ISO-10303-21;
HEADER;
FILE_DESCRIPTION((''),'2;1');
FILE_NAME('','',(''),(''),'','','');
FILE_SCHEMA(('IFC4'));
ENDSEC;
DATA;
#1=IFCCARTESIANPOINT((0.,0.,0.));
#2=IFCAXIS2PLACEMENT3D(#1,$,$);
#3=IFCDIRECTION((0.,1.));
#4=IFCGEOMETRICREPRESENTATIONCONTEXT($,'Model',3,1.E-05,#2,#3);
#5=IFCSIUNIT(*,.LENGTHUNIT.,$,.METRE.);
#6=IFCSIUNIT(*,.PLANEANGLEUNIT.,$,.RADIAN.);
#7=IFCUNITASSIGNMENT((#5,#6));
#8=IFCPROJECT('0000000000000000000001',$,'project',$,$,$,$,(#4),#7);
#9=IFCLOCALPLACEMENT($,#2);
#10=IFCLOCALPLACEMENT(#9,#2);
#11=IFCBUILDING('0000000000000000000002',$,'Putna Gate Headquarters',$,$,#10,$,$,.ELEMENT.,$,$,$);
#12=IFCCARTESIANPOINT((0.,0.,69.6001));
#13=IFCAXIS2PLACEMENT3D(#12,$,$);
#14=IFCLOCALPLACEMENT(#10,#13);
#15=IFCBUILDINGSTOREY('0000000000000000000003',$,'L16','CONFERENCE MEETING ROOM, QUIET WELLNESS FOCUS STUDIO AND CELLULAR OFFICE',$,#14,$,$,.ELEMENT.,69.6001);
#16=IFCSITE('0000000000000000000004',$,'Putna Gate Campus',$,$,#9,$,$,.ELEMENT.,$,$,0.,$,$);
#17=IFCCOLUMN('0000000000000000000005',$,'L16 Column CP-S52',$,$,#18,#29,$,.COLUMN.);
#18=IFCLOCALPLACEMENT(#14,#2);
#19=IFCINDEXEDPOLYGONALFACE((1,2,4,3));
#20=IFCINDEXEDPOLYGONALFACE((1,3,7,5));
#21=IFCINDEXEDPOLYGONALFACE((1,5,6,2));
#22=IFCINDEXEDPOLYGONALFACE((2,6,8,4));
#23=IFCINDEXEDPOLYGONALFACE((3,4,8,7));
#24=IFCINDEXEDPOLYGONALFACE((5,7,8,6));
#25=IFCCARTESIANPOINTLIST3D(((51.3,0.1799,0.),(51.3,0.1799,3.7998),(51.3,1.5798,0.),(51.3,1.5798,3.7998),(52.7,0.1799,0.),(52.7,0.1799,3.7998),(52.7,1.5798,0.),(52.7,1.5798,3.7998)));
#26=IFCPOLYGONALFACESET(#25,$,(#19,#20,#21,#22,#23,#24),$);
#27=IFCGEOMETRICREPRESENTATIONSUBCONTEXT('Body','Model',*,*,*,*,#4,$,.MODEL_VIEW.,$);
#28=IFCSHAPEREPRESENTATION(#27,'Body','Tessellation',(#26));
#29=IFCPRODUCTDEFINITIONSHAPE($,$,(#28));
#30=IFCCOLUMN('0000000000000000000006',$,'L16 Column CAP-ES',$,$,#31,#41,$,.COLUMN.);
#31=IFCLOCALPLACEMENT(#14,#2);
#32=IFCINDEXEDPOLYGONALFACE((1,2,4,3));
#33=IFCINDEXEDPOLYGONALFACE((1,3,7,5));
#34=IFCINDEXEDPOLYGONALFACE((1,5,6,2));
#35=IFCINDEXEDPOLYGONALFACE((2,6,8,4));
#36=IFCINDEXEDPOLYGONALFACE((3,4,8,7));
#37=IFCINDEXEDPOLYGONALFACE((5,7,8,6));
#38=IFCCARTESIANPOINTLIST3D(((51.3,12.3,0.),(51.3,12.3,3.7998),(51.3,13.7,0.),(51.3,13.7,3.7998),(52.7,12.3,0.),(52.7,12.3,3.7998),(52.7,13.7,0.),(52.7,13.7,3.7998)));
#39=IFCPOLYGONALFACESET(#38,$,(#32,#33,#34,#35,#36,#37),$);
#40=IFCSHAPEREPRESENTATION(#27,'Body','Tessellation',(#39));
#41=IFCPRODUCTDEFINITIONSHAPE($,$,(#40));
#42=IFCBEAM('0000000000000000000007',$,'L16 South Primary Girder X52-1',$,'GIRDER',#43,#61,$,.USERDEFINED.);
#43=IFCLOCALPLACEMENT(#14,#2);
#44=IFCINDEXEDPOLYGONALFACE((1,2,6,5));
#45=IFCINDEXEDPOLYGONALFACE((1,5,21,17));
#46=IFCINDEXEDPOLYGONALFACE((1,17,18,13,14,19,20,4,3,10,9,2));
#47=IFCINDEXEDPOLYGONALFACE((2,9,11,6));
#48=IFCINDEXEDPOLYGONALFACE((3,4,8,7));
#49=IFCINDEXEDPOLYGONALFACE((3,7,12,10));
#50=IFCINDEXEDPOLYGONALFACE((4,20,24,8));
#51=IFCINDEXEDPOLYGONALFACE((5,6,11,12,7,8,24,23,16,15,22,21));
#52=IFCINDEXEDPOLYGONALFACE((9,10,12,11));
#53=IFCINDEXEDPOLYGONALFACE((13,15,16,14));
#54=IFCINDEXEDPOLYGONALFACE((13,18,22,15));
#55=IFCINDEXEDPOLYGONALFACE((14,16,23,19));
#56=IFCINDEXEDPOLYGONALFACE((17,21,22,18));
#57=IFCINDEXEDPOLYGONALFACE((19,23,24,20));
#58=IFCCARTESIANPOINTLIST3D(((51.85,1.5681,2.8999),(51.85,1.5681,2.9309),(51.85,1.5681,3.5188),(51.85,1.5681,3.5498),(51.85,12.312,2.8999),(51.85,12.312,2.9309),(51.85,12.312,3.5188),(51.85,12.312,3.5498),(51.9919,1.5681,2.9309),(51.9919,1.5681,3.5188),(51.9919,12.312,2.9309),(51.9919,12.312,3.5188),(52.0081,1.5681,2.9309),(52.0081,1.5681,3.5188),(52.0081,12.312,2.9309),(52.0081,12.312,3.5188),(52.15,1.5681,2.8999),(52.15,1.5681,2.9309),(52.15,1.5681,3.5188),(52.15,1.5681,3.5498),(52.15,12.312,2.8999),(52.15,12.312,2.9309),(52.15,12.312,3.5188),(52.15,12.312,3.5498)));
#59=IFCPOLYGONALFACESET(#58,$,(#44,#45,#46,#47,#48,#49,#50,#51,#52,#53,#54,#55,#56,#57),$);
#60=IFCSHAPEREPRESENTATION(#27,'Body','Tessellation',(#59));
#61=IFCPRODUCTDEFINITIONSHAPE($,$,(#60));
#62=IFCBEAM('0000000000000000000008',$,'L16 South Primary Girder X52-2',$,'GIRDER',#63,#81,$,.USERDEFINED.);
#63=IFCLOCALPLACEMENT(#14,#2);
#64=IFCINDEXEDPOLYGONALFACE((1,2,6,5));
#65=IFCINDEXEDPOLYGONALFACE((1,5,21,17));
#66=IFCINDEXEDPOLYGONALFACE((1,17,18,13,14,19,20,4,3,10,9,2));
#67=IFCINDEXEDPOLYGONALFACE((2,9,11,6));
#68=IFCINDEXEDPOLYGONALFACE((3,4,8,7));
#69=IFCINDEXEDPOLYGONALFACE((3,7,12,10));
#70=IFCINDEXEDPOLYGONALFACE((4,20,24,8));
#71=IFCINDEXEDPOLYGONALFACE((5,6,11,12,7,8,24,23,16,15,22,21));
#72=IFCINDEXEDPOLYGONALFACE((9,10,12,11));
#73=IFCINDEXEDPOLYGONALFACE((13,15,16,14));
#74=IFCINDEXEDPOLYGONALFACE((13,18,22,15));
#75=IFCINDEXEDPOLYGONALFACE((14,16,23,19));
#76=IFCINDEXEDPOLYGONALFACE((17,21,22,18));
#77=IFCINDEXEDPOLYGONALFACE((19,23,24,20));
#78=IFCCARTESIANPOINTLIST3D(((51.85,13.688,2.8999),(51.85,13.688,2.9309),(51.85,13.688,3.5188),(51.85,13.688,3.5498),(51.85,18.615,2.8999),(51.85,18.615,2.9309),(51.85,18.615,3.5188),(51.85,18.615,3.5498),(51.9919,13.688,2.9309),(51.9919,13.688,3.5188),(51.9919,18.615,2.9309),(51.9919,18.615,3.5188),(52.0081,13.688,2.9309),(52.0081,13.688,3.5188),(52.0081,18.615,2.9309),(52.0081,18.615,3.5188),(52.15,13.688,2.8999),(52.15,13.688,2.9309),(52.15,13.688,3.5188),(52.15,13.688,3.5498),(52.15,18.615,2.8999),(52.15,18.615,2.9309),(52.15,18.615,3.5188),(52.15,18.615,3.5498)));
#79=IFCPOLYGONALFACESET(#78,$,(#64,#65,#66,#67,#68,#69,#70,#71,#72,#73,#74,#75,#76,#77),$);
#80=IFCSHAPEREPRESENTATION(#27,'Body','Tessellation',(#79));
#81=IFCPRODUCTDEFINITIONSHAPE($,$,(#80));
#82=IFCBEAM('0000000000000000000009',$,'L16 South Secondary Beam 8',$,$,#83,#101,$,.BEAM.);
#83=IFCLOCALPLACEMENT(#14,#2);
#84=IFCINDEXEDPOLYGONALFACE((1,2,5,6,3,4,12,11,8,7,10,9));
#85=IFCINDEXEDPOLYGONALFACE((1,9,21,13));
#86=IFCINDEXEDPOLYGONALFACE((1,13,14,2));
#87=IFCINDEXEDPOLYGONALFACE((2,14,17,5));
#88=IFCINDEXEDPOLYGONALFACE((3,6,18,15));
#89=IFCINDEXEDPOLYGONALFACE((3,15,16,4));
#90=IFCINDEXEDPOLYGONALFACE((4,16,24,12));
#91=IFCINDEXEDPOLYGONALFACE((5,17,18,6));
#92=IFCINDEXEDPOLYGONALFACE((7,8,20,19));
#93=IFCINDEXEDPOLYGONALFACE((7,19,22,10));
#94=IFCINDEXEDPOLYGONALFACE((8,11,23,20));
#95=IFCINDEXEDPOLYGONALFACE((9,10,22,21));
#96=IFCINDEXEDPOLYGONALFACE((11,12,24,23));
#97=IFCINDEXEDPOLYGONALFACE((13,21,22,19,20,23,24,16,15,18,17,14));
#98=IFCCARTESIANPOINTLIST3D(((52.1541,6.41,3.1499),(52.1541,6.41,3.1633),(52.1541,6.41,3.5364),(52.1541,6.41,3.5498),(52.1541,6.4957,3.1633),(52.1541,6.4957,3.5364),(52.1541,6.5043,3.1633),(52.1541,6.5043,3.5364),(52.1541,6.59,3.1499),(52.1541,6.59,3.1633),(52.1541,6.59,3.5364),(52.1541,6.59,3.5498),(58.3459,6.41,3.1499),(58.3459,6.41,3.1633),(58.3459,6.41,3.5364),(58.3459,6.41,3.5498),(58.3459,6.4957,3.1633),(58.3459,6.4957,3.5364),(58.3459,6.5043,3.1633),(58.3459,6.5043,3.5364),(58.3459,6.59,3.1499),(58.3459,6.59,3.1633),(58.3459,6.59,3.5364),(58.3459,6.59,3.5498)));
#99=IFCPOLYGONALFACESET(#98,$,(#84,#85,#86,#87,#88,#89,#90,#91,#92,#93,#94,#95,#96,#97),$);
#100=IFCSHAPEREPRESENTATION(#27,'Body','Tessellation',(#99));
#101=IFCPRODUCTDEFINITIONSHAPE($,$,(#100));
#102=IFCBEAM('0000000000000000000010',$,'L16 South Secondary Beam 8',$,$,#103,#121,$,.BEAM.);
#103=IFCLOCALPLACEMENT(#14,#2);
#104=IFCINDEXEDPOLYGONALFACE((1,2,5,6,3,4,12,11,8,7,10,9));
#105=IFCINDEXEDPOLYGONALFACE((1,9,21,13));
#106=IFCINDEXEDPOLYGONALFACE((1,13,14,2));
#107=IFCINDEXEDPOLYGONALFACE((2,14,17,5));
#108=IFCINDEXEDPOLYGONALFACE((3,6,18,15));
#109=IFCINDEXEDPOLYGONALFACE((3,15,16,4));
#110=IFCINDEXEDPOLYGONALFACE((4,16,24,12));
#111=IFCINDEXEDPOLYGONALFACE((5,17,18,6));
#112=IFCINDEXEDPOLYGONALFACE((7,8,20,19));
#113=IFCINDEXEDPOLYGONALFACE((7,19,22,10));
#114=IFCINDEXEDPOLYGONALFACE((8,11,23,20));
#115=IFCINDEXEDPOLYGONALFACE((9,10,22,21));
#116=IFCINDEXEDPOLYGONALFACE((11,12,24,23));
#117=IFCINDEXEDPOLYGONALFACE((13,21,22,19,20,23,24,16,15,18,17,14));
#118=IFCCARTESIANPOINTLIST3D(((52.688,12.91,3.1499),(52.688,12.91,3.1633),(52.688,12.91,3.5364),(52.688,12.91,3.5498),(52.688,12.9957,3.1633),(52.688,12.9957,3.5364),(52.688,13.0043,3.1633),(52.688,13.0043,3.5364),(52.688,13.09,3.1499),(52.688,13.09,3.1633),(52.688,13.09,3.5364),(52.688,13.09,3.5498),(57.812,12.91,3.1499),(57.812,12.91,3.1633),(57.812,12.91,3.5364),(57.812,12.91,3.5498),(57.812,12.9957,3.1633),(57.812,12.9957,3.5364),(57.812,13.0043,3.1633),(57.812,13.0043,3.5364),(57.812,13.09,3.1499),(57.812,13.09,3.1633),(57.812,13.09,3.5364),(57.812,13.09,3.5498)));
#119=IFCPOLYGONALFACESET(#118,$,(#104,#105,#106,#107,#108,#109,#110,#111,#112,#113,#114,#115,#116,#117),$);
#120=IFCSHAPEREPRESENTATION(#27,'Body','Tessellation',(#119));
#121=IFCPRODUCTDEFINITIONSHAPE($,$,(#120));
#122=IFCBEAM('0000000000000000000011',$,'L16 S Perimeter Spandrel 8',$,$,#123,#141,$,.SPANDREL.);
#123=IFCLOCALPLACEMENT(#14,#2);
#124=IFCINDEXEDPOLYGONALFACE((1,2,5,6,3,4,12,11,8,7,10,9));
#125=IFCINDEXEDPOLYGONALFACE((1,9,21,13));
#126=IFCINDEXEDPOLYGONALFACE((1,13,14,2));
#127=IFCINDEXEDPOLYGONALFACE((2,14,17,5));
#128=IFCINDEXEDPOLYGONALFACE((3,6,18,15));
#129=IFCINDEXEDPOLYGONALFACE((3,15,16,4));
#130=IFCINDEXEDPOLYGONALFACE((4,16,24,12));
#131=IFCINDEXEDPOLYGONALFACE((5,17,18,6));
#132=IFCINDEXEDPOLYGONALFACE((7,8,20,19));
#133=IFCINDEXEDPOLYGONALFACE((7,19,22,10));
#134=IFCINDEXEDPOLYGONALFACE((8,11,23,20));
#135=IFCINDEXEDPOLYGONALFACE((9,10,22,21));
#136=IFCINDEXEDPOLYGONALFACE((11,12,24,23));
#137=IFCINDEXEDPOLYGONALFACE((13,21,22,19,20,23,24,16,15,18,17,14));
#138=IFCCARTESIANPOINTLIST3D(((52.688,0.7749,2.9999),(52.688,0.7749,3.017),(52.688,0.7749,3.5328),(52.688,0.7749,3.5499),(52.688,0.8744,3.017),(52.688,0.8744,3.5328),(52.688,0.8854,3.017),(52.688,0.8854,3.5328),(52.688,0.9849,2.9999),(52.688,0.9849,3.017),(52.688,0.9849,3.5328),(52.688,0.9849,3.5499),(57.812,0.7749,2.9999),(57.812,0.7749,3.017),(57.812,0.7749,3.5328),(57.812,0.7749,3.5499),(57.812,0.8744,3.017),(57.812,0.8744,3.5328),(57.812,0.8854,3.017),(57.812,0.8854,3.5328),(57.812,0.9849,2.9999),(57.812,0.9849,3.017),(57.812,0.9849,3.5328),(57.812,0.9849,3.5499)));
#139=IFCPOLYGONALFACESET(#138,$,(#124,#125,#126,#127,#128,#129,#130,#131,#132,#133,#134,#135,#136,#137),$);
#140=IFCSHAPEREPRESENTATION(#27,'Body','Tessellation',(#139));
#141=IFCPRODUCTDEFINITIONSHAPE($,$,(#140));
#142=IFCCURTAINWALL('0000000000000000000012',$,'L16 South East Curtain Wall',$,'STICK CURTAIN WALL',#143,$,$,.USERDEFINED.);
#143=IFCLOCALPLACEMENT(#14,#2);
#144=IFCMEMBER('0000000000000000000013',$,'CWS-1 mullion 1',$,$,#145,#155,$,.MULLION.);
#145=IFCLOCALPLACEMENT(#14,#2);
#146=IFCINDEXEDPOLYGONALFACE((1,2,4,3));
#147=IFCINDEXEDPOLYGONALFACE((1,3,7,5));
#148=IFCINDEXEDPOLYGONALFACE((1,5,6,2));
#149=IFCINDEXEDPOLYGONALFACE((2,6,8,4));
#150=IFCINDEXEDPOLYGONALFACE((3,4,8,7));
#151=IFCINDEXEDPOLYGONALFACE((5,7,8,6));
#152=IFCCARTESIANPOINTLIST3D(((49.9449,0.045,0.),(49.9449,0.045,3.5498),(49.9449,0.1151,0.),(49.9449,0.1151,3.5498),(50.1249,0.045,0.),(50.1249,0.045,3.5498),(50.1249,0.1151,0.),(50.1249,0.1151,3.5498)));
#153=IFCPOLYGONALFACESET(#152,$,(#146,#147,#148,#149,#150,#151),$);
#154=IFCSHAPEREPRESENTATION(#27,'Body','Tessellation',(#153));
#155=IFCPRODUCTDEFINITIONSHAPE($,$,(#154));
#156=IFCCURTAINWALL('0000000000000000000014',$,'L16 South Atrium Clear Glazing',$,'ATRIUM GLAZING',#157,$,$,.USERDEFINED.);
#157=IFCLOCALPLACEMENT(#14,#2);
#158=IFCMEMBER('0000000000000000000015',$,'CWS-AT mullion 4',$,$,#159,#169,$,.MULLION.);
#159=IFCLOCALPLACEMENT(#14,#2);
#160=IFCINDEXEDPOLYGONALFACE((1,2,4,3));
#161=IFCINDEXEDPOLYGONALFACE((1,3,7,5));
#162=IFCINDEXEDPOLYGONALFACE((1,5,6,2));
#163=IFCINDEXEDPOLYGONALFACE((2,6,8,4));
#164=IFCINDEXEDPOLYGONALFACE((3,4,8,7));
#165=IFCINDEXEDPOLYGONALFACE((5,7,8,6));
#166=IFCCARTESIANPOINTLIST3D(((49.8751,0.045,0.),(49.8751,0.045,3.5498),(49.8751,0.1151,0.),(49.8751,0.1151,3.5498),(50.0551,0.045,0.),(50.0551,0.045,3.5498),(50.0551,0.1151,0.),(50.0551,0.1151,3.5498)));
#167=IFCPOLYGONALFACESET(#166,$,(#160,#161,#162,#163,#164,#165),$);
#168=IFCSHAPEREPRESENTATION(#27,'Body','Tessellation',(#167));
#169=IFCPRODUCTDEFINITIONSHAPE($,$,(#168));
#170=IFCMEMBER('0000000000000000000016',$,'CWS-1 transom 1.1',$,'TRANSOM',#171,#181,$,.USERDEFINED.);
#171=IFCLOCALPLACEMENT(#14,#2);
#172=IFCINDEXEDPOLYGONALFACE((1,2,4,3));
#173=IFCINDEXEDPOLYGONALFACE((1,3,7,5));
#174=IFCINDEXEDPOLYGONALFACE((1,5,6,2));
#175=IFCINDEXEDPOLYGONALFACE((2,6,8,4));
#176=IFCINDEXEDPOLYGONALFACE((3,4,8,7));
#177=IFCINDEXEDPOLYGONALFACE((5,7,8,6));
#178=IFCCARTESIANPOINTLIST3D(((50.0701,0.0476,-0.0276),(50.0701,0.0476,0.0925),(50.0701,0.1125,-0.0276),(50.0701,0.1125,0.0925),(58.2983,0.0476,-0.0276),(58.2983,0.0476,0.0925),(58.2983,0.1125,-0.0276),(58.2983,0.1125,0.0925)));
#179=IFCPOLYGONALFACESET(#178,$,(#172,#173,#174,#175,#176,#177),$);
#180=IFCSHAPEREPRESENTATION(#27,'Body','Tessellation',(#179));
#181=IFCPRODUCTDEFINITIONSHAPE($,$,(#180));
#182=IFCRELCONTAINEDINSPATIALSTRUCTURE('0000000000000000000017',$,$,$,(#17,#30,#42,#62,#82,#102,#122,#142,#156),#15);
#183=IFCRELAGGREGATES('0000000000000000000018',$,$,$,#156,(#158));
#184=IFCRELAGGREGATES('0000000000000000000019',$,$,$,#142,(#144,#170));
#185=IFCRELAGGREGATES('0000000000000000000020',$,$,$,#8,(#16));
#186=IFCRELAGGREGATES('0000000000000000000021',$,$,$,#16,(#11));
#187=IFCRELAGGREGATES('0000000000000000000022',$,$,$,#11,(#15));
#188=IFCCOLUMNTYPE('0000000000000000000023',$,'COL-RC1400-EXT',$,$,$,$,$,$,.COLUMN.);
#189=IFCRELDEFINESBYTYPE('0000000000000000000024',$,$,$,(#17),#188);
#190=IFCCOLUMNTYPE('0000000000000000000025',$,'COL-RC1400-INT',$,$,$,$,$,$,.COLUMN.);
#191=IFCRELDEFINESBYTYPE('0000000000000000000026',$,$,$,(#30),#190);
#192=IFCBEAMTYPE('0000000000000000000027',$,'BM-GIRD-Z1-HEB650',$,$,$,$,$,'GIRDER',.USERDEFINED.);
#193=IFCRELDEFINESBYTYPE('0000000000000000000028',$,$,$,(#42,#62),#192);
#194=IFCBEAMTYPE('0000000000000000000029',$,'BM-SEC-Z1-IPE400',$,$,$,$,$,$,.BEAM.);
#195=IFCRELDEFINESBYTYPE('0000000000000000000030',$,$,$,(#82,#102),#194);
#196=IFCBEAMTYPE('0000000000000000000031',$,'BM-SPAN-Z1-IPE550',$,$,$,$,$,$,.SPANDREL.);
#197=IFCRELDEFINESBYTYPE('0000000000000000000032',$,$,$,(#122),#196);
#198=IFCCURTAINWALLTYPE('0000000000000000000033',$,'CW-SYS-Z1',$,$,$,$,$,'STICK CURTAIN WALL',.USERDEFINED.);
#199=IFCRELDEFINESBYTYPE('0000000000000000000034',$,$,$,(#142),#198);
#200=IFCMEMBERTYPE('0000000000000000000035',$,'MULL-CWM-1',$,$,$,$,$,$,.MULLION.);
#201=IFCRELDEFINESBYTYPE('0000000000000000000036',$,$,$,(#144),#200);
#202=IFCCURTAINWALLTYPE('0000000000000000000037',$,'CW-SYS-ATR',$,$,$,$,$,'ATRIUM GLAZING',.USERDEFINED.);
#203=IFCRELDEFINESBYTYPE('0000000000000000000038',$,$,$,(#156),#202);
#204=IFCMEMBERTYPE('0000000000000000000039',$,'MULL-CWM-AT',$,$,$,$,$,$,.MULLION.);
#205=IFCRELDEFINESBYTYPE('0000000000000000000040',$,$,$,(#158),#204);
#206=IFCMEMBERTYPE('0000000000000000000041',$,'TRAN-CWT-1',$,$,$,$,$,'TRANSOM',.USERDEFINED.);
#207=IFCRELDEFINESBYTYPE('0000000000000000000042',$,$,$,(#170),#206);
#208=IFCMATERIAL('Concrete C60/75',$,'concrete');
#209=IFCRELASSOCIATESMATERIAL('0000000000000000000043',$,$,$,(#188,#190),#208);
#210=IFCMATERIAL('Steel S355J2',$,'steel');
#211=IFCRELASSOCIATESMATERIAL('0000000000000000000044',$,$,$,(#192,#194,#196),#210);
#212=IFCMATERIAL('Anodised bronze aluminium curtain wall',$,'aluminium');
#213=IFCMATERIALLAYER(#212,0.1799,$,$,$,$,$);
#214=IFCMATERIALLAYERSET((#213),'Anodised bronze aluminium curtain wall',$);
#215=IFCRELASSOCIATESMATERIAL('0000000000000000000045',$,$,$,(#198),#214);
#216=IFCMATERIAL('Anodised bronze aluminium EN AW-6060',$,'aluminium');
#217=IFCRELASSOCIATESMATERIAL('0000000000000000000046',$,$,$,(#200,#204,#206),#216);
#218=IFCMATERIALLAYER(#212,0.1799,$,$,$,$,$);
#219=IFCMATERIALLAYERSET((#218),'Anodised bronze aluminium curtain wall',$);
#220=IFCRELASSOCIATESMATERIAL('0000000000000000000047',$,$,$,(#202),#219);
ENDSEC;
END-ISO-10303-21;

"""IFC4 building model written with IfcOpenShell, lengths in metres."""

from ifc_helpers import new_model, si_unit, direction, frame, origin, origin_2d, place, context, subcontext, project, spatial, rectangle, i_section, extrude, material, layer, layer_set, material_profile, profile_set, type_object, element, aggregate, save


model = new_model("IFC4")

# Units and contexts
model_context = context("Model", 3, precision=1e-05, world=origin(), true_north=direction((0.0, 1.0)))
body_context = subcontext(model_context, "Body", "Model", "MODEL_VIEW")
ifc_project = project(units=[si_unit("LENGTHUNIT", "METRE"), si_unit("PLANEANGLEUNIT", "RADIAN")], contexts=[model_context])

# Site, building, storey
site_placement = place(None, origin())
site = spatial("IfcSite", under=ifc_project, at=site_placement, Name="Putna Gate Campus", CompositionType="ELEMENT", RefElevation=0.0)
building_placement = place(site_placement, origin())
building = spatial("IfcBuilding", under=site, at=building_placement, Name="Putna Gate Headquarters", CompositionType="ELEMENT")
storey_placement = place(building_placement, frame((0.0, 0.0, 69.6001)))
storey = spatial("IfcBuildingStorey", under=building, at=storey_placement, Name="L16", Description="CONFERENCE MEETING ROOM, QUIET WELLNESS FOCUS STUDIO AND CELLULAR OFFICE", CompositionType="ELEMENT", Elevation=69.6001)

# Columns
ifc_material_1 = material(Name="Concrete C60/75", Category="concrete")
ifc_material_profile_1 = material_profile(ifc_material_1, rectangle(XDim=1.3999, YDim=1.3999, at=origin_2d()), Name="Concrete C60/75")
ifc_profile_set_1 = profile_set([ifc_material_profile_1], Name="Concrete C60/75")
column_type_1 = type_object("IfcColumnType", Name="COL-RC1400-EXT", PredefinedType="COLUMN", material=ifc_profile_set_1)
column_1_placement = place(storey_placement, frame((52.0, 0.8799, 0.0), z_axis=(0.0, 0.0, 1.0), x_axis=(1.0, 0.0, 0.0)))
element("IfcColumn", 1, at=column_1_placement, inside=storey, type_object=column_type_1, Name="L16 Column CP-S52", PredefinedType="COLUMN", context=body_context, shape_type="SweptSolid", body=[
    extrude(rectangle(XDim=1.3999, YDim=1.3999, at=origin_2d()), origin(), (0.0, 0.0, 1.0), 3.7998),
])
ifc_material_profile_2 = material_profile(ifc_material_1, rectangle(XDim=1.3999, YDim=1.3999, at=origin_2d()), Name="Concrete C60/75")
ifc_profile_set_2 = profile_set([ifc_material_profile_2], Name="Concrete C60/75")
column_type_2 = type_object("IfcColumnType", Name="COL-RC1400-INT", PredefinedType="COLUMN", material=ifc_profile_set_2)
column_2_placement = place(storey_placement, frame((52.0, 13.0, 0.0), z_axis=(0.0, 0.0, 1.0), x_axis=(1.0, 0.0, 0.0)))
element("IfcColumn", 2, at=column_2_placement, inside=storey, type_object=column_type_2, Name="L16 Column CAP-ES", PredefinedType="COLUMN", context=body_context, shape_type="SweptSolid", body=[
    extrude(rectangle(XDim=1.3999, YDim=1.3999, at=origin_2d()), origin(), (0.0, 0.0, 1.0), 3.7998),
])

# Beams
ifc_material_2 = material(Name="Steel S355J2", Category="steel")
ifc_material_profile_3 = material_profile(ifc_material_2, i_section(OverallWidth=0.3, OverallDepth=0.6499, WebThickness=0.0161, FlangeThickness=0.031, at=origin_2d()), Name="Steel S355J2")
ifc_profile_set_3 = profile_set([ifc_material_profile_3], Name="Steel S355J2")
beam_type_1 = type_object("IfcBeamType", Name="BM-GIRD-Z1-HEB650", ElementType="GIRDER", PredefinedType="USERDEFINED", material=ifc_profile_set_3)
beam_1_placement = place(storey_placement, frame((52.0, 1.5681, 3.2249), z_axis=(0.0, 1.0, 0.0), x_axis=(-1.0, 0.0, 0.0)))
element("IfcBeam", 3, at=beam_1_placement, inside=storey, type_object=beam_type_1, Name="L16 South Primary Girder X52-1", ObjectType="GIRDER", PredefinedType="USERDEFINED", context=body_context, shape_type="SweptSolid", body=[
    extrude(i_section(OverallWidth=0.3, OverallDepth=0.6499, WebThickness=0.0161, FlangeThickness=0.031, at=origin_2d()), origin(), (0.0, 0.0, 1.0), 10.7439),
])
beam_2_placement = place(storey_placement, frame((52.0, 13.688, 3.2249), z_axis=(0.0, 1.0, 0.0), x_axis=(-1.0, 0.0, 0.0)))
element("IfcBeam", 4, at=beam_2_placement, inside=storey, type_object=beam_type_1, Name="L16 South Primary Girder X52-2", ObjectType="GIRDER", PredefinedType="USERDEFINED", context=body_context, shape_type="SweptSolid", body=[
    extrude(i_section(OverallWidth=0.3, OverallDepth=0.6499, WebThickness=0.0161, FlangeThickness=0.031, at=origin_2d()), origin(), (0.0, 0.0, 1.0), 4.927),
])
ifc_material_profile_4 = material_profile(ifc_material_2, i_section(OverallWidth=0.1799, OverallDepth=0.3999, WebThickness=0.0085, FlangeThickness=0.0134, at=origin_2d()), Name="Steel S355J2")
ifc_profile_set_4 = profile_set([ifc_material_profile_4], Name="Steel S355J2")
beam_type_2 = type_object("IfcBeamType", Name="BM-SEC-Z1-IPE400", PredefinedType="BEAM", material=ifc_profile_set_4)
beam_3_placement = place(storey_placement, frame((52.1541, 6.5, 3.3499), z_axis=(1.0, 0.0, 0.0), x_axis=(0.0, 1.0, 0.0)))
element("IfcBeam", 5, at=beam_3_placement, inside=storey, type_object=beam_type_2, Name="L16 South Secondary Beam 8", PredefinedType="BEAM", context=body_context, shape_type="SweptSolid", body=[
    extrude(i_section(OverallWidth=0.1799, OverallDepth=0.3999, WebThickness=0.0085, FlangeThickness=0.0134, at=origin_2d()), origin(), (0.0, 0.0, 1.0), 6.1919),
])
beam_4_placement = place(storey_placement, frame((52.688, 13.0, 3.3499), z_axis=(1.0, 0.0, 0.0), x_axis=(0.0, 1.0, 0.0)))
element("IfcBeam", 6, at=beam_4_placement, inside=storey, type_object=beam_type_2, Name="L16 South Secondary Beam 8", PredefinedType="BEAM", context=body_context, shape_type="SweptSolid", body=[
    extrude(i_section(OverallWidth=0.1799, OverallDepth=0.3999, WebThickness=0.0085, FlangeThickness=0.0134, at=origin_2d()), origin(), (0.0, 0.0, 1.0), 5.124),
])
ifc_material_profile_5 = material_profile(ifc_material_2, i_section(OverallWidth=0.21, OverallDepth=0.55, WebThickness=0.011, FlangeThickness=0.0171, at=origin_2d()), Name="Steel S355J2")
ifc_profile_set_5 = profile_set([ifc_material_profile_5], Name="Steel S355J2")
beam_type_3 = type_object("IfcBeamType", Name="BM-SPAN-Z1-IPE550", PredefinedType="SPANDREL", material=ifc_profile_set_5)
beam_5_placement = place(storey_placement, frame((52.688, 0.8799, 3.2749), z_axis=(1.0, 0.0, 0.0), x_axis=(0.0, 1.0, 0.0)))
element("IfcBeam", 7, at=beam_5_placement, inside=storey, type_object=beam_type_3, Name="L16 S Perimeter Spandrel 8", PredefinedType="SPANDREL", context=body_context, shape_type="SweptSolid", body=[
    extrude(i_section(OverallWidth=0.21, OverallDepth=0.55, WebThickness=0.011, FlangeThickness=0.0171, at=origin_2d()), origin(), (0.0, 0.0, 1.0), 5.124),
])

# Curtain walls, members
ifc_material_3 = material(Name="Anodised bronze aluminium curtain wall", Category="aluminium")
ifc_layer_1 = layer(ifc_material_3, 0.1799)
ifc_layer_set_1 = layer_set([ifc_layer_1], Name="Anodised bronze aluminium curtain wall")
curtain_wall_type_1 = type_object("IfcCurtainWallType", Name="CW-SYS-Z1", ElementType="STICK CURTAIN WALL", PredefinedType="USERDEFINED", material=ifc_layer_set_1)
curtain_wall_1_placement = place(storey_placement, origin())
curtain_wall_1 = element("IfcCurtainWall", 8, at=curtain_wall_1_placement, inside=storey, type_object=curtain_wall_type_1, Name="L16 South East Curtain Wall", ObjectType="STICK CURTAIN WALL", PredefinedType="USERDEFINED")
ifc_material_4 = material(Name="Anodised bronze aluminium EN AW-6060", Category="aluminium")
ifc_material_profile_6 = material_profile(ifc_material_4, rectangle(XDim=0.0701, YDim=0.1799, at=origin_2d()), Name="Anodised bronze aluminium EN AW-6060")
ifc_profile_set_6 = profile_set([ifc_material_profile_6], Name="Anodised bronze aluminium EN AW-6060")
member_type_1 = type_object("IfcMemberType", Name="MULL-CWM-1", PredefinedType="MULLION", material=ifc_profile_set_6)
member_1_placement = place(storey_placement, frame((50.0349, 0.0801, 0.0), z_axis=(0.0, 0.0, 1.0), x_axis=(0.0, 1.0, 0.0)))
member_1 = element("IfcMember", 9, at=member_1_placement, type_object=member_type_1, Name="CWS-1 mullion 1", PredefinedType="MULLION", context=body_context, shape_type="SweptSolid", body=[
    extrude(rectangle(XDim=0.0701, YDim=0.1799, at=origin_2d()), origin(), (0.0, 0.0, 1.0), 3.5498),
])
ifc_layer_2 = layer(ifc_material_3, 0.1799)
ifc_layer_set_2 = layer_set([ifc_layer_2], Name="Anodised bronze aluminium curtain wall")
curtain_wall_type_2 = type_object("IfcCurtainWallType", Name="CW-SYS-ATR", ElementType="ATRIUM GLAZING", PredefinedType="USERDEFINED", material=ifc_layer_set_2)
curtain_wall_2_placement = place(storey_placement, origin())
curtain_wall_2 = element("IfcCurtainWall", 10, at=curtain_wall_2_placement, inside=storey, type_object=curtain_wall_type_2, Name="L16 South Atrium Clear Glazing", ObjectType="ATRIUM GLAZING", PredefinedType="USERDEFINED")
ifc_material_profile_7 = material_profile(ifc_material_4, rectangle(XDim=0.0701, YDim=0.1799, at=origin_2d()), Name="Anodised bronze aluminium EN AW-6060")
ifc_profile_set_7 = profile_set([ifc_material_profile_7], Name="Anodised bronze aluminium EN AW-6060")
member_type_2 = type_object("IfcMemberType", Name="MULL-CWM-AT", PredefinedType="MULLION", material=ifc_profile_set_7)
member_2_placement = place(storey_placement, frame((49.9651, 0.0801, 0.0), z_axis=(0.0, 0.0, 1.0), x_axis=(0.0, 1.0, 0.0)))
member_2 = element("IfcMember", 11, at=member_2_placement, type_object=member_type_2, Name="CWS-AT mullion 4", PredefinedType="MULLION", context=body_context, shape_type="SweptSolid", body=[
    extrude(rectangle(XDim=0.0701, YDim=0.1799, at=origin_2d()), origin(), (0.0, 0.0, 1.0), 3.5498),
])
aggregate(curtain_wall_2, [member_2])

# Member
ifc_material_profile_8 = material_profile(ifc_material_4, rectangle(XDim=0.0649, YDim=0.1201, at=origin_2d()), Name="Anodised bronze aluminium EN AW-6060")
ifc_profile_set_8 = profile_set([ifc_material_profile_8], Name="Anodised bronze aluminium EN AW-6060")
member_type_3 = type_object("IfcMemberType", Name="TRAN-CWT-1", ElementType="TRANSOM", PredefinedType="USERDEFINED", material=ifc_profile_set_8)
member_3_placement = place(storey_placement, frame((50.0701, 0.0801, 0.0325), z_axis=(1.0, 0.0, 0.0), x_axis=(0.0, 1.0, 0.0)))
member_3 = element("IfcMember", 12, at=member_3_placement, type_object=member_type_3, Name="CWS-1 transom 1.1", ObjectType="TRANSOM", PredefinedType="USERDEFINED", context=body_context, shape_type="SweptSolid", body=[
    extrude(rectangle(XDim=0.0649, YDim=0.1201, at=origin_2d()), origin(), (0.0, 0.0, 1.0), 8.2283),
])

aggregate(curtain_wall_1, [member_1, member_3])

save(model, "model.ifc")
